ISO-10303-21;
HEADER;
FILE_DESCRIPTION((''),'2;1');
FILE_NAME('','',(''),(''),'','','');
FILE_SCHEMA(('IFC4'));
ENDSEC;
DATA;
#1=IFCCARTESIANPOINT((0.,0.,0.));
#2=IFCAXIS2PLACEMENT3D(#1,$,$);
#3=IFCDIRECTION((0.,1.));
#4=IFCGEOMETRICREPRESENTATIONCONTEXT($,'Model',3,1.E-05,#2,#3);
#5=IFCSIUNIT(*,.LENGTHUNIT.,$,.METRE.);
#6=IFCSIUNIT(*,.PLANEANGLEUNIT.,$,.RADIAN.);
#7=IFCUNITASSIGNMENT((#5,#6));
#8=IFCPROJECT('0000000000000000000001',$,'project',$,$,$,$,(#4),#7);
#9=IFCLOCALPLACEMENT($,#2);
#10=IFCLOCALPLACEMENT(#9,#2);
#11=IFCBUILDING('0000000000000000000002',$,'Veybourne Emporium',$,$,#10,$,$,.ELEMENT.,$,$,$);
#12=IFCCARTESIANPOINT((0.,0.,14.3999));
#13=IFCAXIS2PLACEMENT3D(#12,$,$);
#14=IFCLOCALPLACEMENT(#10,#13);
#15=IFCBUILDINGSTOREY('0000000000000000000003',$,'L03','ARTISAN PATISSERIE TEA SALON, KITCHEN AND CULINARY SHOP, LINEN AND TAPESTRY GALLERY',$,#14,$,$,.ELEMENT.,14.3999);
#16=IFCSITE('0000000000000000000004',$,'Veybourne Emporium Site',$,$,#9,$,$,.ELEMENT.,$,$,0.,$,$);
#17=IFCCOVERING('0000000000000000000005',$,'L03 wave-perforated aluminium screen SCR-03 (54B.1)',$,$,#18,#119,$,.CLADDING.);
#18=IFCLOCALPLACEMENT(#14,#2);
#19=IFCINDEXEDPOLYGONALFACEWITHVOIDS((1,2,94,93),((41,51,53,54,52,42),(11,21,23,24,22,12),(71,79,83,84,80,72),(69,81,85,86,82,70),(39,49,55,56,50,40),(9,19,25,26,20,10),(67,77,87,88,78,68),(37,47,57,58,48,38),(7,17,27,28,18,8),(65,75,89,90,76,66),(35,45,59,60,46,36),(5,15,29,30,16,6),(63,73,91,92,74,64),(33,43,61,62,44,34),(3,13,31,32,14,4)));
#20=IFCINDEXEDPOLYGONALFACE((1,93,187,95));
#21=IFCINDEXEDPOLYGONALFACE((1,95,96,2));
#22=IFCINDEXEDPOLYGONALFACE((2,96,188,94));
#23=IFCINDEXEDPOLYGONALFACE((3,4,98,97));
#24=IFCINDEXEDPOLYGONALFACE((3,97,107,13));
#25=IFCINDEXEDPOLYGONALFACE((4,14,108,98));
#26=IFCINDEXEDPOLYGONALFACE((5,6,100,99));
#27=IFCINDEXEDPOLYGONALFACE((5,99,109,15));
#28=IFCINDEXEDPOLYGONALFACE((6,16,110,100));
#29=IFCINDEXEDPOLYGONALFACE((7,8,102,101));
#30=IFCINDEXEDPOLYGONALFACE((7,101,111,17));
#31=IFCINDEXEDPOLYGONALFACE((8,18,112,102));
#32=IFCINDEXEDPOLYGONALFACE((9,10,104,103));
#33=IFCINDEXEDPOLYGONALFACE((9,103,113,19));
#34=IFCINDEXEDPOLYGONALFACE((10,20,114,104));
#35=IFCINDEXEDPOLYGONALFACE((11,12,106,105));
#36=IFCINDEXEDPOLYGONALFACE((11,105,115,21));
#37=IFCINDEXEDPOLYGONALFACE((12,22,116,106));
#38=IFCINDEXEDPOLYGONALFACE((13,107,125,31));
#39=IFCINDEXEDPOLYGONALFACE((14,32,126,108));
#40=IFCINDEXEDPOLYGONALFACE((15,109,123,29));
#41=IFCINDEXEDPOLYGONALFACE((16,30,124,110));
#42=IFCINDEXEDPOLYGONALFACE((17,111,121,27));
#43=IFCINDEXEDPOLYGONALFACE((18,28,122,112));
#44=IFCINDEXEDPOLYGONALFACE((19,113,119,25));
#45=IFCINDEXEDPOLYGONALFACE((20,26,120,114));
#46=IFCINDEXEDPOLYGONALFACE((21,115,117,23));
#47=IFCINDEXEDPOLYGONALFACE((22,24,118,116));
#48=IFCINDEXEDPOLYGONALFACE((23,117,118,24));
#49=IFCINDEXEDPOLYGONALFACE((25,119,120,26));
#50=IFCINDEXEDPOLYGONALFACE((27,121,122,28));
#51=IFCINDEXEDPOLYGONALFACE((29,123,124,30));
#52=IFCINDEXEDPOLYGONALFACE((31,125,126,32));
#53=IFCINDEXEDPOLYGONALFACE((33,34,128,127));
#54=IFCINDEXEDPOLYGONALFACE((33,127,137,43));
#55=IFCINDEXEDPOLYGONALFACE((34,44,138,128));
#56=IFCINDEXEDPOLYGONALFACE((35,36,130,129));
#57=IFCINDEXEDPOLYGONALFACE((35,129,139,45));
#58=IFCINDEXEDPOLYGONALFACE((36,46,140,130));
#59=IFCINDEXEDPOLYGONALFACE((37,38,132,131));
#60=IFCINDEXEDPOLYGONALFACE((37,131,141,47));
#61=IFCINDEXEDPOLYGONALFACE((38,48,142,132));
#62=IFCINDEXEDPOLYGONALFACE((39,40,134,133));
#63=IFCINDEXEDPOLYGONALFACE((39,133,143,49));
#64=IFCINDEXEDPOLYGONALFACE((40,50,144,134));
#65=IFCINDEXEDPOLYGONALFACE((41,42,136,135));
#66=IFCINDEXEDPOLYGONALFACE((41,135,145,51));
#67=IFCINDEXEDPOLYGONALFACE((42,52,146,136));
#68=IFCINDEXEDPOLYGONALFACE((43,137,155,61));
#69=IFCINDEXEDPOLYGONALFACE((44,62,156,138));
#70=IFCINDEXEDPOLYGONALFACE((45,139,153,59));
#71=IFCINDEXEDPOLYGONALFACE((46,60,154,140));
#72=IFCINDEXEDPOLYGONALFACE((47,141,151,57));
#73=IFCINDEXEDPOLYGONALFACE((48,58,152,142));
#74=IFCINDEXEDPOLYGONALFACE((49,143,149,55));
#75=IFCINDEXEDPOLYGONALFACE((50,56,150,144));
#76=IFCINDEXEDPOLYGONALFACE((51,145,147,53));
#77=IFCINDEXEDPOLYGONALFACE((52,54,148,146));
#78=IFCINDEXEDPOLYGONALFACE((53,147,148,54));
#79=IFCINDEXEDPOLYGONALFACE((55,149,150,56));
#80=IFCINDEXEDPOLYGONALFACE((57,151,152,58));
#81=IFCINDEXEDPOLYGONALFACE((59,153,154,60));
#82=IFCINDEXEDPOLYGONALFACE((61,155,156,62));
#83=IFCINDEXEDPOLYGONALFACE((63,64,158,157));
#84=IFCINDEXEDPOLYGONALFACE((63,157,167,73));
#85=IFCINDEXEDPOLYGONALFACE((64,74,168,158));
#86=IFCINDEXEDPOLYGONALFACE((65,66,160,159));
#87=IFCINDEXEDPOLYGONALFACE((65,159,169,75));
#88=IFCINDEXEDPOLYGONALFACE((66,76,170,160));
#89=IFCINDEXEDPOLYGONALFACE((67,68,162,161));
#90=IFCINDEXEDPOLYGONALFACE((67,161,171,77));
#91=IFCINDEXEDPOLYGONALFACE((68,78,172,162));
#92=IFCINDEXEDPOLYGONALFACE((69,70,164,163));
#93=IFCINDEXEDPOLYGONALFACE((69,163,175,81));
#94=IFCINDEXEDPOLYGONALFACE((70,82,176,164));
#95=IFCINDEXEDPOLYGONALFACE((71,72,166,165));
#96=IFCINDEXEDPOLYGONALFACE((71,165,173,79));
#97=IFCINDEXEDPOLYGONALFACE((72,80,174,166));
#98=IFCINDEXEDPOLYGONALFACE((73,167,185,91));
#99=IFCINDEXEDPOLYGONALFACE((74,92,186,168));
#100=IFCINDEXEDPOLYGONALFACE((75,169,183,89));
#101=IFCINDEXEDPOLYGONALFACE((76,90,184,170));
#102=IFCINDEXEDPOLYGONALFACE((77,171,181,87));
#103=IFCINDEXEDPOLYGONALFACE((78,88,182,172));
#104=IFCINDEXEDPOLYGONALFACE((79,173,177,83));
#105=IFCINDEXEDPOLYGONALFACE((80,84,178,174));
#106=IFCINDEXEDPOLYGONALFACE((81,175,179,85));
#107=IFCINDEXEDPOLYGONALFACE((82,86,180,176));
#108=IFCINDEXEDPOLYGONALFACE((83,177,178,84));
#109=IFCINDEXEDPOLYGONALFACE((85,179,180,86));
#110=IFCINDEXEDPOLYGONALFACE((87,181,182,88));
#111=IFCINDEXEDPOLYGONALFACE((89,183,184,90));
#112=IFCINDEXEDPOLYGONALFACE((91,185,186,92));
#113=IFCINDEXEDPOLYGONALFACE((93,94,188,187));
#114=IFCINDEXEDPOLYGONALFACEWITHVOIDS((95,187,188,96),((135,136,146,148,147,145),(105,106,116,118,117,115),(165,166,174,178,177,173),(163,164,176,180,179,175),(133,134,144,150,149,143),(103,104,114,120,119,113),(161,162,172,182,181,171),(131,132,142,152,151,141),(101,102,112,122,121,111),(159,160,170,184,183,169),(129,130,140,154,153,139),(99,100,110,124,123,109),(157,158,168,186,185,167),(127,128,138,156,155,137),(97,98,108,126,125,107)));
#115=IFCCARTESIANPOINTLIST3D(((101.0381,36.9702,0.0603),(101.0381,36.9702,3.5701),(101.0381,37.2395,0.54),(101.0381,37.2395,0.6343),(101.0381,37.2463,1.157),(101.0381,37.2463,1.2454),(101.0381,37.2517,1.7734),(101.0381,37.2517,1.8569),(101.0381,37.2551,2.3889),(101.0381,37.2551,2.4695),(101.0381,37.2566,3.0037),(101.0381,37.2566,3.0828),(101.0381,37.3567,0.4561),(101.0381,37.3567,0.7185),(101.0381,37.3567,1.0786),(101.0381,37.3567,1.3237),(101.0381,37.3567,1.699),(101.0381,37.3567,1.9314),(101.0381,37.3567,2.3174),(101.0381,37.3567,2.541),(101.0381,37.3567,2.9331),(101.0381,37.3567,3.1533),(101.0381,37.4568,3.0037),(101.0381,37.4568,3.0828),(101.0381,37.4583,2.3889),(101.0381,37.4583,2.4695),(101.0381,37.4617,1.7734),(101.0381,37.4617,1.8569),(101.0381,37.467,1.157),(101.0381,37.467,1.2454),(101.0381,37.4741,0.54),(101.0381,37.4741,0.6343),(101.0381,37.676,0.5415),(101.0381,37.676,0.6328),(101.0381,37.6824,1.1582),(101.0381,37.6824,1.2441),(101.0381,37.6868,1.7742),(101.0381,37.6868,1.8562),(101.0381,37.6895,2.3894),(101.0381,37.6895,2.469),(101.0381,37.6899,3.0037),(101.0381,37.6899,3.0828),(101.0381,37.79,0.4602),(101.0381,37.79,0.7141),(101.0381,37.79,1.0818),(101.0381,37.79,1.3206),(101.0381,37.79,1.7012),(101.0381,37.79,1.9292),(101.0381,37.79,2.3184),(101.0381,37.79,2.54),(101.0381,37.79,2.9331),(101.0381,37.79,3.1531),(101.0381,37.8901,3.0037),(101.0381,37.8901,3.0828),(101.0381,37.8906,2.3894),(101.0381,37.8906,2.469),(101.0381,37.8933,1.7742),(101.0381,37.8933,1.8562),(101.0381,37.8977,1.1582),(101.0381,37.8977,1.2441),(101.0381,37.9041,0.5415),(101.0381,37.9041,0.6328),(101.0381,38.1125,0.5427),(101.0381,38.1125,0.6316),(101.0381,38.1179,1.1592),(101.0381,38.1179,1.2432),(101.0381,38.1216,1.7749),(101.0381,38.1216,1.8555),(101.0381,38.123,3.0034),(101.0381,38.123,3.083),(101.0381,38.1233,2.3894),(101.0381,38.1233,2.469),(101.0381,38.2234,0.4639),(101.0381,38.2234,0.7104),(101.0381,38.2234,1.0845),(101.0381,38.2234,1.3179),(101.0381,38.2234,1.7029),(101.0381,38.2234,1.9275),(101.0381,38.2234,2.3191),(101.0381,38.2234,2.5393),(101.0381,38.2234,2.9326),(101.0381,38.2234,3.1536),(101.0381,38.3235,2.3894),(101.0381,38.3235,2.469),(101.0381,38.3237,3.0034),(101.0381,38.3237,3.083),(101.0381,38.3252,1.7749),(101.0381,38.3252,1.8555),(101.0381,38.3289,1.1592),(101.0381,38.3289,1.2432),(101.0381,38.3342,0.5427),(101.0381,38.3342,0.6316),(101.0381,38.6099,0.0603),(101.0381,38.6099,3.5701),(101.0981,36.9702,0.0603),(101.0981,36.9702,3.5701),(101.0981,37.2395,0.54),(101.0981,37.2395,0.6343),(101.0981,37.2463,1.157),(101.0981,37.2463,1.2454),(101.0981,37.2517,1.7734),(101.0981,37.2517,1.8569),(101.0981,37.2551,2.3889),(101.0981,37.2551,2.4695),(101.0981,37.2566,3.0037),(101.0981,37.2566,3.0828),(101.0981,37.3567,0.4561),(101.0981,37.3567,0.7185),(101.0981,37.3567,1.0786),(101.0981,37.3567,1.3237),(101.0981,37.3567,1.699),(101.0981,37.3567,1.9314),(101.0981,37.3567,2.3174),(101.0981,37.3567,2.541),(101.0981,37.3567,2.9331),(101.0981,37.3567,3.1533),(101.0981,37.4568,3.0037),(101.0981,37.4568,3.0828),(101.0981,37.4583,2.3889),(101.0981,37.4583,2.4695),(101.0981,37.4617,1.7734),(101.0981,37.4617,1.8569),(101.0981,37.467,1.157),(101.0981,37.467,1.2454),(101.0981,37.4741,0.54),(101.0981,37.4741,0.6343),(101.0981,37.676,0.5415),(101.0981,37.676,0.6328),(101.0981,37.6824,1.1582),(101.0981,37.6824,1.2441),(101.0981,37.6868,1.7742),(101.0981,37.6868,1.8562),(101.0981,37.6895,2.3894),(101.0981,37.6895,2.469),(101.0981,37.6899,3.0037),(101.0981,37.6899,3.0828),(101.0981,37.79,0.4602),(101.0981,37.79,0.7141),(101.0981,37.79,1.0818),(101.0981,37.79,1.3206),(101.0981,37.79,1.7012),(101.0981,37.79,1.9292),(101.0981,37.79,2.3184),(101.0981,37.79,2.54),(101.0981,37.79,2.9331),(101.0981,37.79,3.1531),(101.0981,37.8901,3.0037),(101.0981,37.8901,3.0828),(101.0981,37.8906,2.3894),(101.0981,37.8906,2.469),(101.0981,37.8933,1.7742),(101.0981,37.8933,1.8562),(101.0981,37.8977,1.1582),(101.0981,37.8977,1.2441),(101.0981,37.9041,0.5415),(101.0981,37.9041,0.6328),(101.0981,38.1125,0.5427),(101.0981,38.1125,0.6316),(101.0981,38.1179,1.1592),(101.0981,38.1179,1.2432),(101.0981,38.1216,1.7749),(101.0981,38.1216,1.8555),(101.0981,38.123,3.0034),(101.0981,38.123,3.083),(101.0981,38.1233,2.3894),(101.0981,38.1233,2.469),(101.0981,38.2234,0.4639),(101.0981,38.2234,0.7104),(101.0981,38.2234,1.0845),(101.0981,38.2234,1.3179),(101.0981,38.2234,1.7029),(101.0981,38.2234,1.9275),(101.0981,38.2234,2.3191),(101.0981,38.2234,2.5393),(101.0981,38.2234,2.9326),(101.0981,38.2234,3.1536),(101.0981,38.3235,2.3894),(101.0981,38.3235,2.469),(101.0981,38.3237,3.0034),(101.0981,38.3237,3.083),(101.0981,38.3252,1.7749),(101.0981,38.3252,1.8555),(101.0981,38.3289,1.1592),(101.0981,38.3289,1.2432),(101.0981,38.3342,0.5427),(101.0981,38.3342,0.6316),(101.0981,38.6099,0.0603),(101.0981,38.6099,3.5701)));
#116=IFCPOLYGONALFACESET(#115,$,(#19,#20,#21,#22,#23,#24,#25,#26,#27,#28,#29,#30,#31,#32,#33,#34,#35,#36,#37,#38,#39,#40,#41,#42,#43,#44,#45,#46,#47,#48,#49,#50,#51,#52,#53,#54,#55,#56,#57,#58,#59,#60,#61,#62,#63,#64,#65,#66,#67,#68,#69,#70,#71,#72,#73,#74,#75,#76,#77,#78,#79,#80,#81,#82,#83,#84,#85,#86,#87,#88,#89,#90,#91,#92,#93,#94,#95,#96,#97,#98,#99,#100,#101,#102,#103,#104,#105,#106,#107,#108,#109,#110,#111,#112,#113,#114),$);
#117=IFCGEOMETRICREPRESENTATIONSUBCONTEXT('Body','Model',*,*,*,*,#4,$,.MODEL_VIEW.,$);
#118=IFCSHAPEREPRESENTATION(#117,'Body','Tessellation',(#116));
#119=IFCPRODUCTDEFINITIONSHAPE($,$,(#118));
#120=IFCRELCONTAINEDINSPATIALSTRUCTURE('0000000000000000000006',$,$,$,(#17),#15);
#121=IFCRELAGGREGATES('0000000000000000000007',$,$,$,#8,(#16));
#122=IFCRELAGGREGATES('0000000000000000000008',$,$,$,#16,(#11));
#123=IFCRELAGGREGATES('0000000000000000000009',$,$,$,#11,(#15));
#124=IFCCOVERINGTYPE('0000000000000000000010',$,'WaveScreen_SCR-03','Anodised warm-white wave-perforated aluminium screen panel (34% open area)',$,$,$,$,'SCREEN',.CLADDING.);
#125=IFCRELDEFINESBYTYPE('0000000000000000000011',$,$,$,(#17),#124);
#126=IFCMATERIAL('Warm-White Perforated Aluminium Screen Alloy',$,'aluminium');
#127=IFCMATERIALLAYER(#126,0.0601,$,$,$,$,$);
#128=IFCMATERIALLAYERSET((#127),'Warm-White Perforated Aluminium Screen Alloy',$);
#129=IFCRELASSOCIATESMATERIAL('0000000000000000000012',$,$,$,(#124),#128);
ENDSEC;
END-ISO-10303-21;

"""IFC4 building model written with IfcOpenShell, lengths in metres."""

from ifc_helpers import new_model, si_unit, direction, frame, origin, place, context, subcontext, project, spatial, polyline, outline, extrude, material, layer, layer_set, type_object, element, save


model = new_model("IFC4")

# Units and contexts
model_context = context("Model", 3, precision=1e-05, world=origin(), true_north=direction((0.0, 1.0)))
body_context = subcontext(model_context, "Body", "Model", "MODEL_VIEW")
ifc_project = project(units=[si_unit("LENGTHUNIT", "METRE"), si_unit("PLANEANGLEUNIT", "RADIAN")], contexts=[model_context])

# Site, building, storey
site_placement = place(None, origin())
site = spatial("IfcSite", under=ifc_project, at=site_placement, Name="Veybourne Emporium Site", CompositionType="ELEMENT", RefElevation=0.0)
building_placement = place(site_placement, origin())
building = spatial("IfcBuilding", under=site, at=building_placement, Name="Veybourne Emporium", CompositionType="ELEMENT")
storey_placement = place(building_placement, frame((0.0, 0.0, 14.3999)))
storey = spatial("IfcBuildingStorey", under=building, at=storey_placement, Name="L03", Description="ARTISAN PATISSERIE TEA SALON, KITCHEN AND CULINARY SHOP, LINEN AND TAPESTRY GALLERY", CompositionType="ELEMENT", Elevation=14.3999)

# Covering
ifc_material_1 = material(Name="Warm-White Perforated Aluminium Screen Alloy", Category="aluminium")
ifc_layer_1 = layer(ifc_material_1, 0.0601)
ifc_layer_set_1 = layer_set([ifc_layer_1], Name="Warm-White Perforated Aluminium Screen Alloy")
covering_type_1 = type_object("IfcCoveringType", Name="WaveScreen_SCR-03", Description="Anodised warm-white wave-perforated aluminium screen panel (34% open area)", ElementType="SCREEN", PredefinedType="CLADDING", material=ifc_layer_set_1)
covering_1_placement = place(storey_placement, frame((101.0981, 37.79, 1.8152), z_axis=(-1.0, 0.0, 0.0), x_axis=(0.0, -1.0, 0.0)))
element("IfcCovering", 1, at=covering_1_placement, inside=storey, type_object=covering_type_1, Name="L03 wave-perforated aluminium screen SCR-03 (54B.1)", PredefinedType="CLADDING", context=body_context, shape_type="SweptSolid", body=[
    extrude(outline(polyline([(-0.8198, -1.7549), (0.8198, -1.7549), (0.8198, 1.7549), (-0.8198, 1.7549), (-0.8198, -1.7549)]), holes=[polyline([(-0.4333, -1.1047), (-0.3225, -1.1836), (-0.3225, -1.2725), (-0.4333, -1.3513), (-0.5442, -1.2725), (-0.5442, -1.1836), (-0.4333, -1.1047)]), polyline([(-0.4333, -0.4973), (-0.3279, -0.572), (-0.3279, -0.656), (-0.4333, -0.7307), (-0.5388, -0.656), (-0.5388, -0.572), (-0.4333, -0.4973)]), polyline([(-0.4333, 0.1123), (-0.3315, 0.0403), (-0.3315, -0.0403), (-0.4333, -0.1123), (-0.5352, -0.0403), (-0.5352, 0.0403), (-0.4333, 0.1123)]), polyline([(-0.4333, 0.7241), (-0.3333, 0.6538), (-0.3333, 0.5742), (-0.4333, 0.5039), (-0.5334, 0.5742), (-0.5334, 0.6538), (-0.4333, 0.7241)]), polyline([(-0.4333, 1.3384), (-0.333, 1.2678), (-0.333, 1.1882), (-0.4333, 1.1174), (-0.5337, 1.1882), (-0.5337, 1.2678), (-0.4333, 1.3384)]), polyline([(0.0, -1.1011), (0.114, -1.1824), (0.114, -1.2737), (0.0, -1.355), (-0.114, -1.2737), (-0.114, -1.1824), (0.0, -1.1011)]), polyline([(0.0, -0.4946), (0.1077, -0.571), (0.1077, -0.657), (0.0, -0.7334), (-0.1077, -0.657), (-0.1077, -0.571), (0.0, -0.4946)]), polyline([(0.0, 0.114), (0.1033, 0.041), (0.1033, -0.041), (0.0, -0.114), (-0.1033, -0.041), (-0.1033, 0.041), (0.0, 0.114)]), polyline([(0.0, 0.7249), (0.1006, 0.6538), (0.1006, 0.5742), (0.0, 0.5032), (-0.1006, 0.5742), (-0.1006, 0.6538), (0.0, 0.7249)]), polyline([(0.0, 1.3379), (0.1001, 1.2676), (0.1001, 1.1885), (0.0, 1.1179), (-0.1001, 1.1885), (-0.1001, 1.2676), (0.0, 1.3379)]), polyline([(0.4333, -1.0967), (0.5505, -1.1809), (0.5505, -1.2751), (0.4333, -1.3591), (0.3159, -1.2751), (0.3159, -1.1809), (0.4333, -1.0967)]), polyline([(0.4333, -0.4915), (0.5437, -0.5698), (0.5437, -0.6582), (0.4333, -0.7366), (0.323, -0.6582), (0.323, -0.5698), (0.4333, -0.4915)]), polyline([(0.4333, 0.1162), (0.5383, 0.0417), (0.5383, -0.0417), (0.4333, -0.1162), (0.3284, -0.0417), (0.3284, 0.0417), (0.4333, 0.1162)]), polyline([(0.4333, 0.7258), (0.5349, 0.6543), (0.5349, 0.5737), (0.4333, 0.5022), (0.3318, 0.5737), (0.3318, 0.6543), (0.4333, 0.7258)]), polyline([(0.4333, 1.3381), (0.5334, 1.2676), (0.5334, 1.1885), (0.4333, 1.1179), (0.3333, 1.1885), (0.3333, 1.2676), (0.4333, 1.3381)])]), origin(), (0.0, 0.0, 1.0), 0.0601),
])

save(model, "model.ifc")
